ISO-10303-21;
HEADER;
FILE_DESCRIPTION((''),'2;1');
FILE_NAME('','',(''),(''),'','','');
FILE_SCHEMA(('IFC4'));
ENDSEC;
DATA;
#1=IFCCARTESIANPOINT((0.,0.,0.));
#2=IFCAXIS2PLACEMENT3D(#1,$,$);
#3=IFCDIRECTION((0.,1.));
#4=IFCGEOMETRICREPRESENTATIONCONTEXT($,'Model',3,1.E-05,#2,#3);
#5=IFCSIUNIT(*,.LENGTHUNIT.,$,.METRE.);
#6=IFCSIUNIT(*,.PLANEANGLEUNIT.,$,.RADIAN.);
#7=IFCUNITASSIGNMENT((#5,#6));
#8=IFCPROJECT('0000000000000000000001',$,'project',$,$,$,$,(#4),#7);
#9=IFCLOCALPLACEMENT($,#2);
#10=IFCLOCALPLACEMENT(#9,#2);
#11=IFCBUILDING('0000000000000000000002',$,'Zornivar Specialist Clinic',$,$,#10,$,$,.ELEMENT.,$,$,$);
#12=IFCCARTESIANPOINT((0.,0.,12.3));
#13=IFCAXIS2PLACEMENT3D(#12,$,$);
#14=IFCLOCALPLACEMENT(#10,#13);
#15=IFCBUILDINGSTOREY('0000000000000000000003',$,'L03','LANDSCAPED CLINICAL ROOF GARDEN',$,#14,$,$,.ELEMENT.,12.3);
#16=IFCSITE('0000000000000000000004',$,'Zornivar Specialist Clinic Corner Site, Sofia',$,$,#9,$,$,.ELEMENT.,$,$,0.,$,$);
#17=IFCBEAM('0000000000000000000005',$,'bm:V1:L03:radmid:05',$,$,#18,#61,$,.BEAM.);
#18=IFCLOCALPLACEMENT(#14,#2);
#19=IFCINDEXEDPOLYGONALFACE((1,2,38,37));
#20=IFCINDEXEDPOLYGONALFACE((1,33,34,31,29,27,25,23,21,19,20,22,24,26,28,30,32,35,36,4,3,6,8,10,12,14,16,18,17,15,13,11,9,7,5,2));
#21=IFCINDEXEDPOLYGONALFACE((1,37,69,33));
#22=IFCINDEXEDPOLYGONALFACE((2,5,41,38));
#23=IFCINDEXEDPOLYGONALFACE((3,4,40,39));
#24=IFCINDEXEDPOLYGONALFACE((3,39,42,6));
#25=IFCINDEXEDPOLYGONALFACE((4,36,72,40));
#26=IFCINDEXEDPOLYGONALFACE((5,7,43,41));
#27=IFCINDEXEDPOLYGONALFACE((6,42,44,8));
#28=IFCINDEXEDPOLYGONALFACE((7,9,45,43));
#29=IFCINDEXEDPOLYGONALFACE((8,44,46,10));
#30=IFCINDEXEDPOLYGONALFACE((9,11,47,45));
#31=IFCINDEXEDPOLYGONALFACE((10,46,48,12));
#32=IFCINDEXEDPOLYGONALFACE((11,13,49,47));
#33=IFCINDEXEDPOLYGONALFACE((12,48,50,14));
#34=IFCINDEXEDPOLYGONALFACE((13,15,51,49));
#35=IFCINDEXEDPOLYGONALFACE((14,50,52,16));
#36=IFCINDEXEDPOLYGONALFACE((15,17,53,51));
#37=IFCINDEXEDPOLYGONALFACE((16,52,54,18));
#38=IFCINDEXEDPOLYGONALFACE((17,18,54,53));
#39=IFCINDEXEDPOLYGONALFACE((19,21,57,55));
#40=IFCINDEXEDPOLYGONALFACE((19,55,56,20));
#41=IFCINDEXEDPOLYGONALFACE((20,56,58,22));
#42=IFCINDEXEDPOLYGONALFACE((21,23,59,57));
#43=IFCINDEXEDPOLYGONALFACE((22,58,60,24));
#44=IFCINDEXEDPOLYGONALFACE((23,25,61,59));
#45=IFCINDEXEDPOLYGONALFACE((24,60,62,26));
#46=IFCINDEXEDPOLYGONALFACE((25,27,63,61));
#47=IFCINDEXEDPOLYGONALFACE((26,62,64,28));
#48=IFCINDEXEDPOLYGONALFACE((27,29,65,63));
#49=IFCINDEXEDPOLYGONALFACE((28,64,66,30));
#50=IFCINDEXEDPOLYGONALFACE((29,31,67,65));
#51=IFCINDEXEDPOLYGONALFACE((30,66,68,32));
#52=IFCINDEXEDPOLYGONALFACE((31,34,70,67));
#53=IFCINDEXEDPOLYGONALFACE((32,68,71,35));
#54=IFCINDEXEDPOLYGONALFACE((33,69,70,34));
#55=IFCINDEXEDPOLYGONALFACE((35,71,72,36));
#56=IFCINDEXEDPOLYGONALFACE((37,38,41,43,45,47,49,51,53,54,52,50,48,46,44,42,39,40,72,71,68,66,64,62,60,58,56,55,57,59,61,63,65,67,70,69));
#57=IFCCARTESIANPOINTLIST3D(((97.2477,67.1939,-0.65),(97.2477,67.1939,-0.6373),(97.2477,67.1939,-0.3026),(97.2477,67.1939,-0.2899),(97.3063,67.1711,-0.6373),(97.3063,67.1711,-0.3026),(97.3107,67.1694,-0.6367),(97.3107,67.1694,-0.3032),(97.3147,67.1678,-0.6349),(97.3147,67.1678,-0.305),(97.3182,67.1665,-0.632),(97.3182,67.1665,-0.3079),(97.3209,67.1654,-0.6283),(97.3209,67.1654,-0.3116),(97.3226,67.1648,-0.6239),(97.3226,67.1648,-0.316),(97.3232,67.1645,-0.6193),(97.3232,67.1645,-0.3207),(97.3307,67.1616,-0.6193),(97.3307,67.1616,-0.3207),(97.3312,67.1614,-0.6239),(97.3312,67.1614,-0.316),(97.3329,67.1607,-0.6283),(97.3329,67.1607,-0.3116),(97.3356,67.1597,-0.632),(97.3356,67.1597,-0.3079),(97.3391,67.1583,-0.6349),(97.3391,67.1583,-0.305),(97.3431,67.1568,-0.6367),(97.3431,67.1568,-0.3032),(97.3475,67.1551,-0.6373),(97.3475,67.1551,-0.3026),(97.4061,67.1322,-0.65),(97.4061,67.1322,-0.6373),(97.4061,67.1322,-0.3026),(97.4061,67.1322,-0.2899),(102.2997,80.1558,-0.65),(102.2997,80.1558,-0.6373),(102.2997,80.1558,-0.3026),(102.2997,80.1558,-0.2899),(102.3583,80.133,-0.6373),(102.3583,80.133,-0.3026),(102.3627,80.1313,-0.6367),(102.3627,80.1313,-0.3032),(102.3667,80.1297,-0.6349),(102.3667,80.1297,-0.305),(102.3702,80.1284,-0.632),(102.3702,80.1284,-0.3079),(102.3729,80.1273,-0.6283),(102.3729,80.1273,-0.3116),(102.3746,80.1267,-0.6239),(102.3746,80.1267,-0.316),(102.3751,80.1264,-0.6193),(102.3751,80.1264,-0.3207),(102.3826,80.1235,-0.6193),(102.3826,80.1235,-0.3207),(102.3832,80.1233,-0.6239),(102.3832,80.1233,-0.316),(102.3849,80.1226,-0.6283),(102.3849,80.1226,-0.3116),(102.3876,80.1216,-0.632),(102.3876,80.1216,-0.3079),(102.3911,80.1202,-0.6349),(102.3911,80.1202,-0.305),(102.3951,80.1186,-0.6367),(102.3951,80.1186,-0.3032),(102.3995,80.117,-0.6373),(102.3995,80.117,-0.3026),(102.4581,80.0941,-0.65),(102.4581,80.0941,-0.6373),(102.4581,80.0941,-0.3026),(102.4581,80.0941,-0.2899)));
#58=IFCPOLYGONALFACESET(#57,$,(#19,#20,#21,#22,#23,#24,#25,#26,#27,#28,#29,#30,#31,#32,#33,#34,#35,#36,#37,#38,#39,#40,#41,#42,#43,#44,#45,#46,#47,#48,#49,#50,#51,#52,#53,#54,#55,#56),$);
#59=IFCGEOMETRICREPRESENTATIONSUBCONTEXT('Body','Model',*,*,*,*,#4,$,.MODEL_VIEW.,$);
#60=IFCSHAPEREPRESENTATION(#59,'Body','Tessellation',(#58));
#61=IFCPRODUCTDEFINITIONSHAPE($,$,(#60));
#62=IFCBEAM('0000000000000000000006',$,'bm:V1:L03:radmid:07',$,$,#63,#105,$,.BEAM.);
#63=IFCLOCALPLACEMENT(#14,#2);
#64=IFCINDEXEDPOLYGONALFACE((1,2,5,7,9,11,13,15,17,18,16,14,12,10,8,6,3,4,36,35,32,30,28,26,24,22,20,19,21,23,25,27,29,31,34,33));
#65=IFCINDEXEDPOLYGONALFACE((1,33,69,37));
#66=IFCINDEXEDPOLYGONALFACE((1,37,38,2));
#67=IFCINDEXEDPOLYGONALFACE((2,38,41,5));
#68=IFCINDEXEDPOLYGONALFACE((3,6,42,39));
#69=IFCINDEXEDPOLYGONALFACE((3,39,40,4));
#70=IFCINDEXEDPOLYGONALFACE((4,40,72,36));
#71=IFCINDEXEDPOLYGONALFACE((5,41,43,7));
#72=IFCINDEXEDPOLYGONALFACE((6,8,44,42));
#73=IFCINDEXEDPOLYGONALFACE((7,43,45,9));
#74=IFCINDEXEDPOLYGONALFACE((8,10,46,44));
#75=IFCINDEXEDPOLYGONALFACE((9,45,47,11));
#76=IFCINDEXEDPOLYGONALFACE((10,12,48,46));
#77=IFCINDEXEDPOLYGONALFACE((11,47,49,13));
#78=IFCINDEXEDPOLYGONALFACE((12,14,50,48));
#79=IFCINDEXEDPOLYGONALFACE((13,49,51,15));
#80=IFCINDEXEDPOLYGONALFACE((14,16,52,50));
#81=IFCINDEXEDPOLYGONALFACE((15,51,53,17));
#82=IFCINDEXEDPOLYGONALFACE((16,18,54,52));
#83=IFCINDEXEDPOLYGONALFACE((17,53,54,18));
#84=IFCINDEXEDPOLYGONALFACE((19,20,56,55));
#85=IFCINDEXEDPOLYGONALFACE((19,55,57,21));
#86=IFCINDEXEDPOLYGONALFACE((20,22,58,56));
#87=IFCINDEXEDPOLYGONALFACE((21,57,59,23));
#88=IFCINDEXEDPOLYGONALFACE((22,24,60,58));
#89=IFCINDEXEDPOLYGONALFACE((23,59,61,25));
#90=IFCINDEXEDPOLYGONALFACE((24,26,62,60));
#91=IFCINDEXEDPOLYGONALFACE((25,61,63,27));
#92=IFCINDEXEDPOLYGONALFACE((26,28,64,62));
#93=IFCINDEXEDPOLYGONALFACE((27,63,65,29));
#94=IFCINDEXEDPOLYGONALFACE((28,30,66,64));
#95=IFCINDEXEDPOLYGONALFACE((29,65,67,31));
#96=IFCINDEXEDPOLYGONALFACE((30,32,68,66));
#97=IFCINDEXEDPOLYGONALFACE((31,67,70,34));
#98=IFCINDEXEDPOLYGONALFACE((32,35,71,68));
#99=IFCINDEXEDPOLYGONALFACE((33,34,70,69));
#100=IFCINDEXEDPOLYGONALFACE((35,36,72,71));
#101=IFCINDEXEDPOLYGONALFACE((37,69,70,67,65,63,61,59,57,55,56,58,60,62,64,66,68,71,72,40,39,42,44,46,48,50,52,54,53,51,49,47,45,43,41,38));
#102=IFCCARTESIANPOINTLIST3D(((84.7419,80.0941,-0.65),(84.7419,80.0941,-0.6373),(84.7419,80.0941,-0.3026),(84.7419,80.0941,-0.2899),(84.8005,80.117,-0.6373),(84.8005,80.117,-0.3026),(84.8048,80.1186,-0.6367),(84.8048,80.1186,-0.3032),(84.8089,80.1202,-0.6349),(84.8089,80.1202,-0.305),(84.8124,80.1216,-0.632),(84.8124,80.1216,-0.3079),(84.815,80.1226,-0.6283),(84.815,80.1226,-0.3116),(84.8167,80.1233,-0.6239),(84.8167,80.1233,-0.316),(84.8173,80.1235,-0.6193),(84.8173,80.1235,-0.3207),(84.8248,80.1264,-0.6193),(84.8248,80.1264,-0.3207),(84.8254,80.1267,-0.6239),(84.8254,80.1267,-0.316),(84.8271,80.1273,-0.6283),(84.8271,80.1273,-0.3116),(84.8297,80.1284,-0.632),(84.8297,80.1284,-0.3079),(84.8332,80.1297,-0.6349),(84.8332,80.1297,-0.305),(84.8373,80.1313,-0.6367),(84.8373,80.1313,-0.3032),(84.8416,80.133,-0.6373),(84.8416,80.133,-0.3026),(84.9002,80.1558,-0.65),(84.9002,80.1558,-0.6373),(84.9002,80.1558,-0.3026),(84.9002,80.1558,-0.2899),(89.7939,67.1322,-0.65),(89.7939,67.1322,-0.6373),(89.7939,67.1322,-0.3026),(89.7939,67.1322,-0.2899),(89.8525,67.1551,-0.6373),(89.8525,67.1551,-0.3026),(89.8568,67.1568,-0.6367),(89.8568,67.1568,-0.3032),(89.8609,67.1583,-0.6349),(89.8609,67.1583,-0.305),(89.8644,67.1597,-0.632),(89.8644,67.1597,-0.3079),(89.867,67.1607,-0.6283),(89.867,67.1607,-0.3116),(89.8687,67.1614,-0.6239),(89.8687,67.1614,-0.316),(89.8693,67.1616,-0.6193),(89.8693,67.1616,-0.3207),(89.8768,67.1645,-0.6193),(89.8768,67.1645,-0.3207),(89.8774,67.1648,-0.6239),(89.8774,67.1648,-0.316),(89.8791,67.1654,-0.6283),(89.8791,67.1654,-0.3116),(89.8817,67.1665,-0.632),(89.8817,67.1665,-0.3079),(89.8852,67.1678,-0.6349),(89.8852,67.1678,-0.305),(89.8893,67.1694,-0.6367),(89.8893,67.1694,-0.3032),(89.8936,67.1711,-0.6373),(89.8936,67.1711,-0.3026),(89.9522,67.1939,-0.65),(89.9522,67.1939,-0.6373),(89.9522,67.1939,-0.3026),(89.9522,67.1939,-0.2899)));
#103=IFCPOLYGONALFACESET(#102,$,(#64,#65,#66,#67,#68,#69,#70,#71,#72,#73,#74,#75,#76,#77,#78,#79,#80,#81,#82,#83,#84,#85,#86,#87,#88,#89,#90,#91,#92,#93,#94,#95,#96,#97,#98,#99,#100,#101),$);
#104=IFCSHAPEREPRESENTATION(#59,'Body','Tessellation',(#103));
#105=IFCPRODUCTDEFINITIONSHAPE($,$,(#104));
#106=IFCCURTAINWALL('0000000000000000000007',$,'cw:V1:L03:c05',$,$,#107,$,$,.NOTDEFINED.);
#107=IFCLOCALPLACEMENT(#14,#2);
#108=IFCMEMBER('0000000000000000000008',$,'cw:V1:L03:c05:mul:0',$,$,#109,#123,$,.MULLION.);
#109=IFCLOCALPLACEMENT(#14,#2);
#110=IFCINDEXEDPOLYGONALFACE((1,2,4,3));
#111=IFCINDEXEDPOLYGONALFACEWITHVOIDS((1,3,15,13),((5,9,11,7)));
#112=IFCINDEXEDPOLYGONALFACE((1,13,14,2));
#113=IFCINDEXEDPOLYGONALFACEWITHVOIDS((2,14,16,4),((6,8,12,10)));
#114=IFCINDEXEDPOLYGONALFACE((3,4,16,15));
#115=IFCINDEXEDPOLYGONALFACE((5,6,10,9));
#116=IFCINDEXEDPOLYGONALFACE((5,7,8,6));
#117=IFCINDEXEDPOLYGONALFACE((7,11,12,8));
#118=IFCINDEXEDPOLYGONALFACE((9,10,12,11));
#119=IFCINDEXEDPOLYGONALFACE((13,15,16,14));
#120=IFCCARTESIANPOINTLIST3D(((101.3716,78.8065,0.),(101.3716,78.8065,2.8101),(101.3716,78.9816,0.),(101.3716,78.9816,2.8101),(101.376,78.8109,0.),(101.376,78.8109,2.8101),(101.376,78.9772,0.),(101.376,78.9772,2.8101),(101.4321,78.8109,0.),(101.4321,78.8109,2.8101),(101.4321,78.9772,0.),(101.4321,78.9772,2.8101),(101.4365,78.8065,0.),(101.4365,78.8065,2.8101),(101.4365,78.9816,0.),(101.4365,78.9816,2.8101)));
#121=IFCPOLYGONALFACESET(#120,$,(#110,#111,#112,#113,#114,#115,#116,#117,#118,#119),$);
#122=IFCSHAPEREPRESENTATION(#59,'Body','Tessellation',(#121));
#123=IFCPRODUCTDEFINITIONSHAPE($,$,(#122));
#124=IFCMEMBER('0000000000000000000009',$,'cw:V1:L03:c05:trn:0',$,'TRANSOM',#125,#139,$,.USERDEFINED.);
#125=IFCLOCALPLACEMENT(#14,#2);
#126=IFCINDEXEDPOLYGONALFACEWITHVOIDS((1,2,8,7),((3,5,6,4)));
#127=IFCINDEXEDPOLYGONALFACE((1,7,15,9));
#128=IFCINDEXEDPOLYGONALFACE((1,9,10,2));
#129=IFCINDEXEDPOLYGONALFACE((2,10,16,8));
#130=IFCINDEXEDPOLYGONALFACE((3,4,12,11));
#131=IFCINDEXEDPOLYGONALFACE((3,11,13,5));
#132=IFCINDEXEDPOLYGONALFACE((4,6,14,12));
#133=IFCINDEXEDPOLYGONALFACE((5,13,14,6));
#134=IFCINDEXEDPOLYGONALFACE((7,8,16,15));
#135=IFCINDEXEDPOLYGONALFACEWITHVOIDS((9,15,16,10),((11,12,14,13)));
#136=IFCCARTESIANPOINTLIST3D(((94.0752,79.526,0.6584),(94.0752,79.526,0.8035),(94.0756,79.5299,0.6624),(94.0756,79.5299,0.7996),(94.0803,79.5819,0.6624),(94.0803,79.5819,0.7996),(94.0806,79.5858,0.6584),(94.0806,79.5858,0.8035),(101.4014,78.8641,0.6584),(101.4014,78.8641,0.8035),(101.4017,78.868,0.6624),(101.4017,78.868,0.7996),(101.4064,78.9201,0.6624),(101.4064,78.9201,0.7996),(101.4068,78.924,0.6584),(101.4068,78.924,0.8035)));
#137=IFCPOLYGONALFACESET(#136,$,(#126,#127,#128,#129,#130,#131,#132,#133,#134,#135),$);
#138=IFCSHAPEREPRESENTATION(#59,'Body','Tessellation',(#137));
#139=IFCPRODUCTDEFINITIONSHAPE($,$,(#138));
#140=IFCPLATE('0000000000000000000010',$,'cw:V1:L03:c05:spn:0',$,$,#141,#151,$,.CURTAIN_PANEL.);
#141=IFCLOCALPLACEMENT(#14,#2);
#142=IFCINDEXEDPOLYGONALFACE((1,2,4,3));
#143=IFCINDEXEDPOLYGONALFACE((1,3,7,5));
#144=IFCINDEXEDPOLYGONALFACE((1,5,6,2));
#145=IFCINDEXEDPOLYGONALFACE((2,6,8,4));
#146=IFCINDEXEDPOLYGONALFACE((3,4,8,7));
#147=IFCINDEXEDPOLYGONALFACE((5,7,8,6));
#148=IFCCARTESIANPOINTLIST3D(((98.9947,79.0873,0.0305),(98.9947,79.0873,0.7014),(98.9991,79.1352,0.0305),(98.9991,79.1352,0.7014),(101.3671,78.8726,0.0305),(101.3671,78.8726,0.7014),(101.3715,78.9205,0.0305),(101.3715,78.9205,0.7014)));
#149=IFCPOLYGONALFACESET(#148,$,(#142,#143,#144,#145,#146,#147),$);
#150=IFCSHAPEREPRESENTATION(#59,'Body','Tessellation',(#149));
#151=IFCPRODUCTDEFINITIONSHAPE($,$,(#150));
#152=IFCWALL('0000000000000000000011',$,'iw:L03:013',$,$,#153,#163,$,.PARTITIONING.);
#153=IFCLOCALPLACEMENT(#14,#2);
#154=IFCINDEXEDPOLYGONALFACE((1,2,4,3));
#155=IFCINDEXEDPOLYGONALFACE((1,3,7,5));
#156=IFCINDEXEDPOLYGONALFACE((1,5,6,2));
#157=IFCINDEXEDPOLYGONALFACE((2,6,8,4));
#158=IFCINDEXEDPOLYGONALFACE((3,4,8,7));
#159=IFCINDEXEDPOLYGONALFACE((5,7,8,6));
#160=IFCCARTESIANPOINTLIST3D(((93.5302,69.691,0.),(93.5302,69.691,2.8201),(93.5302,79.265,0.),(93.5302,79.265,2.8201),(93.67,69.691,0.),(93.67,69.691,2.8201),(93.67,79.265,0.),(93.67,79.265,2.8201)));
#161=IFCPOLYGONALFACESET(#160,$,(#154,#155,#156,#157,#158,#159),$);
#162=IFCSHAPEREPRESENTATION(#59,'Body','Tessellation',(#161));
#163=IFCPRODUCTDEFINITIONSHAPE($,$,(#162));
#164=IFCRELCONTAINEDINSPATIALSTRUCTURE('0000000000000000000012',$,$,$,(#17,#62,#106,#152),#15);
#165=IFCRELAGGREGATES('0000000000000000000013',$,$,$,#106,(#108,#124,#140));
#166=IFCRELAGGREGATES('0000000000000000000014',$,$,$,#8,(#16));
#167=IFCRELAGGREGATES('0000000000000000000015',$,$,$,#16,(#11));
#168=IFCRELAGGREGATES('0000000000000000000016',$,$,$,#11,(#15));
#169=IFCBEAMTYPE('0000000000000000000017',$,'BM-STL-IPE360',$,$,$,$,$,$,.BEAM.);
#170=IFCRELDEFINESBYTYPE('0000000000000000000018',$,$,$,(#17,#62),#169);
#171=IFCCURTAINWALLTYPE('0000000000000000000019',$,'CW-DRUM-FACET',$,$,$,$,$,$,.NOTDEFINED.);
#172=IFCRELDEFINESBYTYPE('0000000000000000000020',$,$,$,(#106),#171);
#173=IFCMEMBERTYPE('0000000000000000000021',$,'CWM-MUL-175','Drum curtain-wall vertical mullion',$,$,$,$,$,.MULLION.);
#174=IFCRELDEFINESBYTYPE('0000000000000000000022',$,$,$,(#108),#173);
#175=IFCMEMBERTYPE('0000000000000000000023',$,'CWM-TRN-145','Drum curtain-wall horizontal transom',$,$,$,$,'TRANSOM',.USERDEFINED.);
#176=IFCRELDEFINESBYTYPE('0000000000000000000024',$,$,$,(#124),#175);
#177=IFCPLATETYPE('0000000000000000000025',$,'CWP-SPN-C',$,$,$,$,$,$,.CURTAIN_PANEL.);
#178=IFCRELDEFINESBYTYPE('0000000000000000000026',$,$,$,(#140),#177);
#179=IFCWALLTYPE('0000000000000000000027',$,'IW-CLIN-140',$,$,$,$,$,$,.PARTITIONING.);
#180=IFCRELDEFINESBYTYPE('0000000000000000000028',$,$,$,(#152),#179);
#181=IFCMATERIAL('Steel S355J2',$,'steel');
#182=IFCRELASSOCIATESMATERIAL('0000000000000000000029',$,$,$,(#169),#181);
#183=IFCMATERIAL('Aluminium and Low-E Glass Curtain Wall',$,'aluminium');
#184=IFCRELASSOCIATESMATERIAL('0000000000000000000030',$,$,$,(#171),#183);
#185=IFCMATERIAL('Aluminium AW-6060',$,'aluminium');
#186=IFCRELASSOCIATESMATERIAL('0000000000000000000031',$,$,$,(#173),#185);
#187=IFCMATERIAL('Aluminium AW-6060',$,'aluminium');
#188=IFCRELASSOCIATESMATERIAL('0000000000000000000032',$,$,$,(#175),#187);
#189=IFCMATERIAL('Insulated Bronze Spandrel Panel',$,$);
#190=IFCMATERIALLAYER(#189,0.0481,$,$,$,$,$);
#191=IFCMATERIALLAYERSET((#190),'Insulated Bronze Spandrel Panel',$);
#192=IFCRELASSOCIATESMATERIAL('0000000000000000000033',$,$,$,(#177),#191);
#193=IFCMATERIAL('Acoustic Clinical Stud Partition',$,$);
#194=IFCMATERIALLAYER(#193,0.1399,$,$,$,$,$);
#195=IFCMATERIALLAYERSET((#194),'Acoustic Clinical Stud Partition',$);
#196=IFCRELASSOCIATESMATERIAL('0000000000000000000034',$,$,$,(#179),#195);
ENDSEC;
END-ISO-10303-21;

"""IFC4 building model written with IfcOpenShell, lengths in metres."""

from ifc_helpers import new_model, si_unit, direction, frame, frame_2d, origin, origin_2d, place, context, subcontext, project, spatial, rectangle, hollow_rectangle, i_section, extrude, material, layer, layer_set, material_profile, profile_set, type_object, element, aggregate, save


model = new_model("IFC4")

# Units and contexts
model_context = context("Model", 3, precision=1e-05, world=origin(), true_north=direction((0.0, 1.0)))
body_context = subcontext(model_context, "Body", "Model", "MODEL_VIEW")
ifc_project = project(units=[si_unit("LENGTHUNIT", "METRE"), si_unit("PLANEANGLEUNIT", "RADIAN")], contexts=[model_context])

# Site, building, storey
site_placement = place(None, origin())
site = spatial("IfcSite", under=ifc_project, at=site_placement, Name="Zornivar Specialist Clinic Corner Site, Sofia", CompositionType="ELEMENT", RefElevation=0.0)
building_placement = place(site_placement, origin())
building = spatial("IfcBuilding", under=site, at=building_placement, Name="Zornivar Specialist Clinic", CompositionType="ELEMENT")
storey_placement = place(building_placement, frame((0.0, 0.0, 12.3)))
storey = spatial("IfcBuildingStorey", under=building, at=storey_placement, Name="L03", Description="LANDSCAPED CLINICAL ROOF GARDEN", CompositionType="ELEMENT", Elevation=12.3)

# Beams
ifc_material_1 = material(Name="Steel S355J2", Category="steel")
ifc_material_profile_1 = material_profile(ifc_material_1, i_section(OverallWidth=0.1699, OverallDepth=0.3601, WebThickness=0.0081, FlangeThickness=0.0127, FilletRadius=0.0181, at=origin_2d()), Name="IPE 360")
ifc_profile_set_1 = profile_set([ifc_material_profile_1], Name="Steel S355J2")
beam_type_1 = type_object("IfcBeamType", Name="BM-STL-IPE360", PredefinedType="BEAM", material=ifc_profile_set_1)
for number, where, z_axis, x_axis, name in (
    (1, (97.3269, 67.1631, -0.47), (0.363149, 0.931731, 0.0), (-0.931731, 0.363149, 0.0), "bm:V1:L03:radmid:05"),
    (2, (89.873, 67.1631, -0.47), (-0.363149, 0.931731, 0.0), (-0.931731, -0.363149, 0.0), "bm:V1:L03:radmid:07"),
):
    element("IfcBeam", number, at=place(storey_placement, frame(where, z_axis=z_axis, x_axis=x_axis)), inside=storey, type_object=beam_type_1, Name=name, PredefinedType="BEAM", context=body_context, shape_type="SweptSolid", body=[
        extrude(i_section(OverallWidth=0.1699, OverallDepth=0.3601, WebThickness=0.0081, FlangeThickness=0.0127, FilletRadius=0.0181, at=origin_2d()), origin(), (0.0, 0.0, 1.0), 13.9116),
    ])

# Curtain wall, members, plate
ifc_material_2 = material(Name="Aluminium and Low-E Glass Curtain Wall", Category="aluminium")
curtain_wall_type = type_object("IfcCurtainWallType", Name="CW-DRUM-FACET", PredefinedType="NOTDEFINED", material=ifc_material_2)
curtain_wall_placement = place(storey_placement, origin())
curtain_wall = element("IfcCurtainWall", 3, at=curtain_wall_placement, inside=storey, type_object=curtain_wall_type, Name="cw:V1:L03:c05", PredefinedType="NOTDEFINED")
ifc_material_3 = material(Name="Aluminium AW-6060", Category="aluminium")
ifc_material_profile_2 = material_profile(ifc_material_3, hollow_rectangle(XDim=0.0649, YDim=0.175, WallThickness=0.0044, at=origin_2d()), Name="ALU 65x175x4.5")
ifc_profile_set_2 = profile_set([ifc_material_profile_2], Name="Aluminium AW-6060")
member_type_1 = type_object("IfcMemberType", Name="CWM-MUL-175", Description="Drum curtain-wall vertical mullion", PredefinedType="MULLION", material=ifc_profile_set_2)
member_1_placement = place(storey_placement, frame((101.4041, 78.894, 0.0), z_axis=(0.0, 0.0, 1.0), x_axis=(1.0, 0.0, 0.0)))
member_1 = element("IfcMember", 4, at=member_1_placement, type_object=member_type_1, Name="cw:V1:L03:c05:mul:0", PredefinedType="MULLION", context=body_context, shape_type="SweptSolid", body=[
    extrude(hollow_rectangle(XDim=0.0649, YDim=0.175, WallThickness=0.0044, at=origin_2d()), origin(), (0.0, 0.0, 1.0), 2.8101),
])
ifc_material_4 = material(Name="Aluminium AW-6060", Category="aluminium")
ifc_material_profile_3 = material_profile(ifc_material_4, hollow_rectangle(XDim=0.0601, YDim=0.145, WallThickness=0.0039, at=origin_2d()), Name="ALU 60x145x4")
ifc_profile_set_3 = profile_set([ifc_material_profile_3], Name="Aluminium AW-6060")
member_type_2 = type_object("IfcMemberType", Name="CWM-TRN-145", Description="Drum curtain-wall horizontal transom", ElementType="TRANSOM", PredefinedType="USERDEFINED", material=ifc_profile_set_3)
member_2_placement = place(storey_placement, frame((101.4041, 78.894, 0.731), z_axis=(-0.995944, 0.089976, 0.0), x_axis=(-0.089976, -0.995944, 0.0)))
member_2 = element("IfcMember", 5, at=member_2_placement, type_object=member_type_2, Name="cw:V1:L03:c05:trn:0", ObjectType="TRANSOM", PredefinedType="USERDEFINED", context=body_context, shape_type="SweptSolid", body=[
    extrude(hollow_rectangle(XDim=0.0601, YDim=0.145, WallThickness=0.0039, at=origin_2d()), origin(), (0.0, 0.0, 1.0), 7.356),
])
ifc_material_5 = material(Name="Insulated Bronze Spandrel Panel")
ifc_layer_1 = layer(ifc_material_5, 0.0481)
ifc_layer_set_1 = layer_set([ifc_layer_1], Name="Insulated Bronze Spandrel Panel")
plate_type = type_object("IfcPlateType", Name="CWP-SPN-C", PredefinedType="CURTAIN_PANEL", material=ifc_layer_set_1)
plate_placement = place(storey_placement, frame((100.1831, 79.0039, 0.0305), z_axis=(0.0, 0.0, 1.0), x_axis=(-0.995933, 0.090099, 0.0)))
plate = element("IfcPlate", 6, at=plate_placement, type_object=plate_type, Name="cw:V1:L03:c05:spn:0", PredefinedType="CURTAIN_PANEL", context=body_context, shape_type="SweptSolid", body=[
    extrude(rectangle(XDim=2.3821, YDim=0.0481, at=origin_2d()), origin(), (0.0, 0.0, 1.0), 0.6709),
])
aggregate(curtain_wall, [member_1, member_2, plate])

# Wall
ifc_material_6 = material(Name="Acoustic Clinical Stud Partition")
ifc_layer_2 = layer(ifc_material_6, 0.1399)
ifc_layer_set_2 = layer_set([ifc_layer_2], Name="Acoustic Clinical Stud Partition")
wall_type_1 = type_object("IfcWallType", Name="IW-CLIN-140", PredefinedType="PARTITIONING", material=ifc_layer_set_2)
wall_1_placement = place(storey_placement, frame((93.6001, 69.6909, 0.0), z_axis=(0.0, 0.0, 1.0), x_axis=(0.0, 1.0, 0.0)))
element("IfcWall", 7, at=wall_1_placement, inside=storey, type_object=wall_type_1, Name="iw:L03:013", PredefinedType="PARTITIONING", context=body_context, shape_type="SweptSolid", body=[
    extrude(rectangle(XDim=9.574, YDim=0.1399, at=frame_2d((4.7871, 0.0))), origin(), (0.0, 0.0, 1.0), 2.8201),
])

save(model, "model.ifc")
